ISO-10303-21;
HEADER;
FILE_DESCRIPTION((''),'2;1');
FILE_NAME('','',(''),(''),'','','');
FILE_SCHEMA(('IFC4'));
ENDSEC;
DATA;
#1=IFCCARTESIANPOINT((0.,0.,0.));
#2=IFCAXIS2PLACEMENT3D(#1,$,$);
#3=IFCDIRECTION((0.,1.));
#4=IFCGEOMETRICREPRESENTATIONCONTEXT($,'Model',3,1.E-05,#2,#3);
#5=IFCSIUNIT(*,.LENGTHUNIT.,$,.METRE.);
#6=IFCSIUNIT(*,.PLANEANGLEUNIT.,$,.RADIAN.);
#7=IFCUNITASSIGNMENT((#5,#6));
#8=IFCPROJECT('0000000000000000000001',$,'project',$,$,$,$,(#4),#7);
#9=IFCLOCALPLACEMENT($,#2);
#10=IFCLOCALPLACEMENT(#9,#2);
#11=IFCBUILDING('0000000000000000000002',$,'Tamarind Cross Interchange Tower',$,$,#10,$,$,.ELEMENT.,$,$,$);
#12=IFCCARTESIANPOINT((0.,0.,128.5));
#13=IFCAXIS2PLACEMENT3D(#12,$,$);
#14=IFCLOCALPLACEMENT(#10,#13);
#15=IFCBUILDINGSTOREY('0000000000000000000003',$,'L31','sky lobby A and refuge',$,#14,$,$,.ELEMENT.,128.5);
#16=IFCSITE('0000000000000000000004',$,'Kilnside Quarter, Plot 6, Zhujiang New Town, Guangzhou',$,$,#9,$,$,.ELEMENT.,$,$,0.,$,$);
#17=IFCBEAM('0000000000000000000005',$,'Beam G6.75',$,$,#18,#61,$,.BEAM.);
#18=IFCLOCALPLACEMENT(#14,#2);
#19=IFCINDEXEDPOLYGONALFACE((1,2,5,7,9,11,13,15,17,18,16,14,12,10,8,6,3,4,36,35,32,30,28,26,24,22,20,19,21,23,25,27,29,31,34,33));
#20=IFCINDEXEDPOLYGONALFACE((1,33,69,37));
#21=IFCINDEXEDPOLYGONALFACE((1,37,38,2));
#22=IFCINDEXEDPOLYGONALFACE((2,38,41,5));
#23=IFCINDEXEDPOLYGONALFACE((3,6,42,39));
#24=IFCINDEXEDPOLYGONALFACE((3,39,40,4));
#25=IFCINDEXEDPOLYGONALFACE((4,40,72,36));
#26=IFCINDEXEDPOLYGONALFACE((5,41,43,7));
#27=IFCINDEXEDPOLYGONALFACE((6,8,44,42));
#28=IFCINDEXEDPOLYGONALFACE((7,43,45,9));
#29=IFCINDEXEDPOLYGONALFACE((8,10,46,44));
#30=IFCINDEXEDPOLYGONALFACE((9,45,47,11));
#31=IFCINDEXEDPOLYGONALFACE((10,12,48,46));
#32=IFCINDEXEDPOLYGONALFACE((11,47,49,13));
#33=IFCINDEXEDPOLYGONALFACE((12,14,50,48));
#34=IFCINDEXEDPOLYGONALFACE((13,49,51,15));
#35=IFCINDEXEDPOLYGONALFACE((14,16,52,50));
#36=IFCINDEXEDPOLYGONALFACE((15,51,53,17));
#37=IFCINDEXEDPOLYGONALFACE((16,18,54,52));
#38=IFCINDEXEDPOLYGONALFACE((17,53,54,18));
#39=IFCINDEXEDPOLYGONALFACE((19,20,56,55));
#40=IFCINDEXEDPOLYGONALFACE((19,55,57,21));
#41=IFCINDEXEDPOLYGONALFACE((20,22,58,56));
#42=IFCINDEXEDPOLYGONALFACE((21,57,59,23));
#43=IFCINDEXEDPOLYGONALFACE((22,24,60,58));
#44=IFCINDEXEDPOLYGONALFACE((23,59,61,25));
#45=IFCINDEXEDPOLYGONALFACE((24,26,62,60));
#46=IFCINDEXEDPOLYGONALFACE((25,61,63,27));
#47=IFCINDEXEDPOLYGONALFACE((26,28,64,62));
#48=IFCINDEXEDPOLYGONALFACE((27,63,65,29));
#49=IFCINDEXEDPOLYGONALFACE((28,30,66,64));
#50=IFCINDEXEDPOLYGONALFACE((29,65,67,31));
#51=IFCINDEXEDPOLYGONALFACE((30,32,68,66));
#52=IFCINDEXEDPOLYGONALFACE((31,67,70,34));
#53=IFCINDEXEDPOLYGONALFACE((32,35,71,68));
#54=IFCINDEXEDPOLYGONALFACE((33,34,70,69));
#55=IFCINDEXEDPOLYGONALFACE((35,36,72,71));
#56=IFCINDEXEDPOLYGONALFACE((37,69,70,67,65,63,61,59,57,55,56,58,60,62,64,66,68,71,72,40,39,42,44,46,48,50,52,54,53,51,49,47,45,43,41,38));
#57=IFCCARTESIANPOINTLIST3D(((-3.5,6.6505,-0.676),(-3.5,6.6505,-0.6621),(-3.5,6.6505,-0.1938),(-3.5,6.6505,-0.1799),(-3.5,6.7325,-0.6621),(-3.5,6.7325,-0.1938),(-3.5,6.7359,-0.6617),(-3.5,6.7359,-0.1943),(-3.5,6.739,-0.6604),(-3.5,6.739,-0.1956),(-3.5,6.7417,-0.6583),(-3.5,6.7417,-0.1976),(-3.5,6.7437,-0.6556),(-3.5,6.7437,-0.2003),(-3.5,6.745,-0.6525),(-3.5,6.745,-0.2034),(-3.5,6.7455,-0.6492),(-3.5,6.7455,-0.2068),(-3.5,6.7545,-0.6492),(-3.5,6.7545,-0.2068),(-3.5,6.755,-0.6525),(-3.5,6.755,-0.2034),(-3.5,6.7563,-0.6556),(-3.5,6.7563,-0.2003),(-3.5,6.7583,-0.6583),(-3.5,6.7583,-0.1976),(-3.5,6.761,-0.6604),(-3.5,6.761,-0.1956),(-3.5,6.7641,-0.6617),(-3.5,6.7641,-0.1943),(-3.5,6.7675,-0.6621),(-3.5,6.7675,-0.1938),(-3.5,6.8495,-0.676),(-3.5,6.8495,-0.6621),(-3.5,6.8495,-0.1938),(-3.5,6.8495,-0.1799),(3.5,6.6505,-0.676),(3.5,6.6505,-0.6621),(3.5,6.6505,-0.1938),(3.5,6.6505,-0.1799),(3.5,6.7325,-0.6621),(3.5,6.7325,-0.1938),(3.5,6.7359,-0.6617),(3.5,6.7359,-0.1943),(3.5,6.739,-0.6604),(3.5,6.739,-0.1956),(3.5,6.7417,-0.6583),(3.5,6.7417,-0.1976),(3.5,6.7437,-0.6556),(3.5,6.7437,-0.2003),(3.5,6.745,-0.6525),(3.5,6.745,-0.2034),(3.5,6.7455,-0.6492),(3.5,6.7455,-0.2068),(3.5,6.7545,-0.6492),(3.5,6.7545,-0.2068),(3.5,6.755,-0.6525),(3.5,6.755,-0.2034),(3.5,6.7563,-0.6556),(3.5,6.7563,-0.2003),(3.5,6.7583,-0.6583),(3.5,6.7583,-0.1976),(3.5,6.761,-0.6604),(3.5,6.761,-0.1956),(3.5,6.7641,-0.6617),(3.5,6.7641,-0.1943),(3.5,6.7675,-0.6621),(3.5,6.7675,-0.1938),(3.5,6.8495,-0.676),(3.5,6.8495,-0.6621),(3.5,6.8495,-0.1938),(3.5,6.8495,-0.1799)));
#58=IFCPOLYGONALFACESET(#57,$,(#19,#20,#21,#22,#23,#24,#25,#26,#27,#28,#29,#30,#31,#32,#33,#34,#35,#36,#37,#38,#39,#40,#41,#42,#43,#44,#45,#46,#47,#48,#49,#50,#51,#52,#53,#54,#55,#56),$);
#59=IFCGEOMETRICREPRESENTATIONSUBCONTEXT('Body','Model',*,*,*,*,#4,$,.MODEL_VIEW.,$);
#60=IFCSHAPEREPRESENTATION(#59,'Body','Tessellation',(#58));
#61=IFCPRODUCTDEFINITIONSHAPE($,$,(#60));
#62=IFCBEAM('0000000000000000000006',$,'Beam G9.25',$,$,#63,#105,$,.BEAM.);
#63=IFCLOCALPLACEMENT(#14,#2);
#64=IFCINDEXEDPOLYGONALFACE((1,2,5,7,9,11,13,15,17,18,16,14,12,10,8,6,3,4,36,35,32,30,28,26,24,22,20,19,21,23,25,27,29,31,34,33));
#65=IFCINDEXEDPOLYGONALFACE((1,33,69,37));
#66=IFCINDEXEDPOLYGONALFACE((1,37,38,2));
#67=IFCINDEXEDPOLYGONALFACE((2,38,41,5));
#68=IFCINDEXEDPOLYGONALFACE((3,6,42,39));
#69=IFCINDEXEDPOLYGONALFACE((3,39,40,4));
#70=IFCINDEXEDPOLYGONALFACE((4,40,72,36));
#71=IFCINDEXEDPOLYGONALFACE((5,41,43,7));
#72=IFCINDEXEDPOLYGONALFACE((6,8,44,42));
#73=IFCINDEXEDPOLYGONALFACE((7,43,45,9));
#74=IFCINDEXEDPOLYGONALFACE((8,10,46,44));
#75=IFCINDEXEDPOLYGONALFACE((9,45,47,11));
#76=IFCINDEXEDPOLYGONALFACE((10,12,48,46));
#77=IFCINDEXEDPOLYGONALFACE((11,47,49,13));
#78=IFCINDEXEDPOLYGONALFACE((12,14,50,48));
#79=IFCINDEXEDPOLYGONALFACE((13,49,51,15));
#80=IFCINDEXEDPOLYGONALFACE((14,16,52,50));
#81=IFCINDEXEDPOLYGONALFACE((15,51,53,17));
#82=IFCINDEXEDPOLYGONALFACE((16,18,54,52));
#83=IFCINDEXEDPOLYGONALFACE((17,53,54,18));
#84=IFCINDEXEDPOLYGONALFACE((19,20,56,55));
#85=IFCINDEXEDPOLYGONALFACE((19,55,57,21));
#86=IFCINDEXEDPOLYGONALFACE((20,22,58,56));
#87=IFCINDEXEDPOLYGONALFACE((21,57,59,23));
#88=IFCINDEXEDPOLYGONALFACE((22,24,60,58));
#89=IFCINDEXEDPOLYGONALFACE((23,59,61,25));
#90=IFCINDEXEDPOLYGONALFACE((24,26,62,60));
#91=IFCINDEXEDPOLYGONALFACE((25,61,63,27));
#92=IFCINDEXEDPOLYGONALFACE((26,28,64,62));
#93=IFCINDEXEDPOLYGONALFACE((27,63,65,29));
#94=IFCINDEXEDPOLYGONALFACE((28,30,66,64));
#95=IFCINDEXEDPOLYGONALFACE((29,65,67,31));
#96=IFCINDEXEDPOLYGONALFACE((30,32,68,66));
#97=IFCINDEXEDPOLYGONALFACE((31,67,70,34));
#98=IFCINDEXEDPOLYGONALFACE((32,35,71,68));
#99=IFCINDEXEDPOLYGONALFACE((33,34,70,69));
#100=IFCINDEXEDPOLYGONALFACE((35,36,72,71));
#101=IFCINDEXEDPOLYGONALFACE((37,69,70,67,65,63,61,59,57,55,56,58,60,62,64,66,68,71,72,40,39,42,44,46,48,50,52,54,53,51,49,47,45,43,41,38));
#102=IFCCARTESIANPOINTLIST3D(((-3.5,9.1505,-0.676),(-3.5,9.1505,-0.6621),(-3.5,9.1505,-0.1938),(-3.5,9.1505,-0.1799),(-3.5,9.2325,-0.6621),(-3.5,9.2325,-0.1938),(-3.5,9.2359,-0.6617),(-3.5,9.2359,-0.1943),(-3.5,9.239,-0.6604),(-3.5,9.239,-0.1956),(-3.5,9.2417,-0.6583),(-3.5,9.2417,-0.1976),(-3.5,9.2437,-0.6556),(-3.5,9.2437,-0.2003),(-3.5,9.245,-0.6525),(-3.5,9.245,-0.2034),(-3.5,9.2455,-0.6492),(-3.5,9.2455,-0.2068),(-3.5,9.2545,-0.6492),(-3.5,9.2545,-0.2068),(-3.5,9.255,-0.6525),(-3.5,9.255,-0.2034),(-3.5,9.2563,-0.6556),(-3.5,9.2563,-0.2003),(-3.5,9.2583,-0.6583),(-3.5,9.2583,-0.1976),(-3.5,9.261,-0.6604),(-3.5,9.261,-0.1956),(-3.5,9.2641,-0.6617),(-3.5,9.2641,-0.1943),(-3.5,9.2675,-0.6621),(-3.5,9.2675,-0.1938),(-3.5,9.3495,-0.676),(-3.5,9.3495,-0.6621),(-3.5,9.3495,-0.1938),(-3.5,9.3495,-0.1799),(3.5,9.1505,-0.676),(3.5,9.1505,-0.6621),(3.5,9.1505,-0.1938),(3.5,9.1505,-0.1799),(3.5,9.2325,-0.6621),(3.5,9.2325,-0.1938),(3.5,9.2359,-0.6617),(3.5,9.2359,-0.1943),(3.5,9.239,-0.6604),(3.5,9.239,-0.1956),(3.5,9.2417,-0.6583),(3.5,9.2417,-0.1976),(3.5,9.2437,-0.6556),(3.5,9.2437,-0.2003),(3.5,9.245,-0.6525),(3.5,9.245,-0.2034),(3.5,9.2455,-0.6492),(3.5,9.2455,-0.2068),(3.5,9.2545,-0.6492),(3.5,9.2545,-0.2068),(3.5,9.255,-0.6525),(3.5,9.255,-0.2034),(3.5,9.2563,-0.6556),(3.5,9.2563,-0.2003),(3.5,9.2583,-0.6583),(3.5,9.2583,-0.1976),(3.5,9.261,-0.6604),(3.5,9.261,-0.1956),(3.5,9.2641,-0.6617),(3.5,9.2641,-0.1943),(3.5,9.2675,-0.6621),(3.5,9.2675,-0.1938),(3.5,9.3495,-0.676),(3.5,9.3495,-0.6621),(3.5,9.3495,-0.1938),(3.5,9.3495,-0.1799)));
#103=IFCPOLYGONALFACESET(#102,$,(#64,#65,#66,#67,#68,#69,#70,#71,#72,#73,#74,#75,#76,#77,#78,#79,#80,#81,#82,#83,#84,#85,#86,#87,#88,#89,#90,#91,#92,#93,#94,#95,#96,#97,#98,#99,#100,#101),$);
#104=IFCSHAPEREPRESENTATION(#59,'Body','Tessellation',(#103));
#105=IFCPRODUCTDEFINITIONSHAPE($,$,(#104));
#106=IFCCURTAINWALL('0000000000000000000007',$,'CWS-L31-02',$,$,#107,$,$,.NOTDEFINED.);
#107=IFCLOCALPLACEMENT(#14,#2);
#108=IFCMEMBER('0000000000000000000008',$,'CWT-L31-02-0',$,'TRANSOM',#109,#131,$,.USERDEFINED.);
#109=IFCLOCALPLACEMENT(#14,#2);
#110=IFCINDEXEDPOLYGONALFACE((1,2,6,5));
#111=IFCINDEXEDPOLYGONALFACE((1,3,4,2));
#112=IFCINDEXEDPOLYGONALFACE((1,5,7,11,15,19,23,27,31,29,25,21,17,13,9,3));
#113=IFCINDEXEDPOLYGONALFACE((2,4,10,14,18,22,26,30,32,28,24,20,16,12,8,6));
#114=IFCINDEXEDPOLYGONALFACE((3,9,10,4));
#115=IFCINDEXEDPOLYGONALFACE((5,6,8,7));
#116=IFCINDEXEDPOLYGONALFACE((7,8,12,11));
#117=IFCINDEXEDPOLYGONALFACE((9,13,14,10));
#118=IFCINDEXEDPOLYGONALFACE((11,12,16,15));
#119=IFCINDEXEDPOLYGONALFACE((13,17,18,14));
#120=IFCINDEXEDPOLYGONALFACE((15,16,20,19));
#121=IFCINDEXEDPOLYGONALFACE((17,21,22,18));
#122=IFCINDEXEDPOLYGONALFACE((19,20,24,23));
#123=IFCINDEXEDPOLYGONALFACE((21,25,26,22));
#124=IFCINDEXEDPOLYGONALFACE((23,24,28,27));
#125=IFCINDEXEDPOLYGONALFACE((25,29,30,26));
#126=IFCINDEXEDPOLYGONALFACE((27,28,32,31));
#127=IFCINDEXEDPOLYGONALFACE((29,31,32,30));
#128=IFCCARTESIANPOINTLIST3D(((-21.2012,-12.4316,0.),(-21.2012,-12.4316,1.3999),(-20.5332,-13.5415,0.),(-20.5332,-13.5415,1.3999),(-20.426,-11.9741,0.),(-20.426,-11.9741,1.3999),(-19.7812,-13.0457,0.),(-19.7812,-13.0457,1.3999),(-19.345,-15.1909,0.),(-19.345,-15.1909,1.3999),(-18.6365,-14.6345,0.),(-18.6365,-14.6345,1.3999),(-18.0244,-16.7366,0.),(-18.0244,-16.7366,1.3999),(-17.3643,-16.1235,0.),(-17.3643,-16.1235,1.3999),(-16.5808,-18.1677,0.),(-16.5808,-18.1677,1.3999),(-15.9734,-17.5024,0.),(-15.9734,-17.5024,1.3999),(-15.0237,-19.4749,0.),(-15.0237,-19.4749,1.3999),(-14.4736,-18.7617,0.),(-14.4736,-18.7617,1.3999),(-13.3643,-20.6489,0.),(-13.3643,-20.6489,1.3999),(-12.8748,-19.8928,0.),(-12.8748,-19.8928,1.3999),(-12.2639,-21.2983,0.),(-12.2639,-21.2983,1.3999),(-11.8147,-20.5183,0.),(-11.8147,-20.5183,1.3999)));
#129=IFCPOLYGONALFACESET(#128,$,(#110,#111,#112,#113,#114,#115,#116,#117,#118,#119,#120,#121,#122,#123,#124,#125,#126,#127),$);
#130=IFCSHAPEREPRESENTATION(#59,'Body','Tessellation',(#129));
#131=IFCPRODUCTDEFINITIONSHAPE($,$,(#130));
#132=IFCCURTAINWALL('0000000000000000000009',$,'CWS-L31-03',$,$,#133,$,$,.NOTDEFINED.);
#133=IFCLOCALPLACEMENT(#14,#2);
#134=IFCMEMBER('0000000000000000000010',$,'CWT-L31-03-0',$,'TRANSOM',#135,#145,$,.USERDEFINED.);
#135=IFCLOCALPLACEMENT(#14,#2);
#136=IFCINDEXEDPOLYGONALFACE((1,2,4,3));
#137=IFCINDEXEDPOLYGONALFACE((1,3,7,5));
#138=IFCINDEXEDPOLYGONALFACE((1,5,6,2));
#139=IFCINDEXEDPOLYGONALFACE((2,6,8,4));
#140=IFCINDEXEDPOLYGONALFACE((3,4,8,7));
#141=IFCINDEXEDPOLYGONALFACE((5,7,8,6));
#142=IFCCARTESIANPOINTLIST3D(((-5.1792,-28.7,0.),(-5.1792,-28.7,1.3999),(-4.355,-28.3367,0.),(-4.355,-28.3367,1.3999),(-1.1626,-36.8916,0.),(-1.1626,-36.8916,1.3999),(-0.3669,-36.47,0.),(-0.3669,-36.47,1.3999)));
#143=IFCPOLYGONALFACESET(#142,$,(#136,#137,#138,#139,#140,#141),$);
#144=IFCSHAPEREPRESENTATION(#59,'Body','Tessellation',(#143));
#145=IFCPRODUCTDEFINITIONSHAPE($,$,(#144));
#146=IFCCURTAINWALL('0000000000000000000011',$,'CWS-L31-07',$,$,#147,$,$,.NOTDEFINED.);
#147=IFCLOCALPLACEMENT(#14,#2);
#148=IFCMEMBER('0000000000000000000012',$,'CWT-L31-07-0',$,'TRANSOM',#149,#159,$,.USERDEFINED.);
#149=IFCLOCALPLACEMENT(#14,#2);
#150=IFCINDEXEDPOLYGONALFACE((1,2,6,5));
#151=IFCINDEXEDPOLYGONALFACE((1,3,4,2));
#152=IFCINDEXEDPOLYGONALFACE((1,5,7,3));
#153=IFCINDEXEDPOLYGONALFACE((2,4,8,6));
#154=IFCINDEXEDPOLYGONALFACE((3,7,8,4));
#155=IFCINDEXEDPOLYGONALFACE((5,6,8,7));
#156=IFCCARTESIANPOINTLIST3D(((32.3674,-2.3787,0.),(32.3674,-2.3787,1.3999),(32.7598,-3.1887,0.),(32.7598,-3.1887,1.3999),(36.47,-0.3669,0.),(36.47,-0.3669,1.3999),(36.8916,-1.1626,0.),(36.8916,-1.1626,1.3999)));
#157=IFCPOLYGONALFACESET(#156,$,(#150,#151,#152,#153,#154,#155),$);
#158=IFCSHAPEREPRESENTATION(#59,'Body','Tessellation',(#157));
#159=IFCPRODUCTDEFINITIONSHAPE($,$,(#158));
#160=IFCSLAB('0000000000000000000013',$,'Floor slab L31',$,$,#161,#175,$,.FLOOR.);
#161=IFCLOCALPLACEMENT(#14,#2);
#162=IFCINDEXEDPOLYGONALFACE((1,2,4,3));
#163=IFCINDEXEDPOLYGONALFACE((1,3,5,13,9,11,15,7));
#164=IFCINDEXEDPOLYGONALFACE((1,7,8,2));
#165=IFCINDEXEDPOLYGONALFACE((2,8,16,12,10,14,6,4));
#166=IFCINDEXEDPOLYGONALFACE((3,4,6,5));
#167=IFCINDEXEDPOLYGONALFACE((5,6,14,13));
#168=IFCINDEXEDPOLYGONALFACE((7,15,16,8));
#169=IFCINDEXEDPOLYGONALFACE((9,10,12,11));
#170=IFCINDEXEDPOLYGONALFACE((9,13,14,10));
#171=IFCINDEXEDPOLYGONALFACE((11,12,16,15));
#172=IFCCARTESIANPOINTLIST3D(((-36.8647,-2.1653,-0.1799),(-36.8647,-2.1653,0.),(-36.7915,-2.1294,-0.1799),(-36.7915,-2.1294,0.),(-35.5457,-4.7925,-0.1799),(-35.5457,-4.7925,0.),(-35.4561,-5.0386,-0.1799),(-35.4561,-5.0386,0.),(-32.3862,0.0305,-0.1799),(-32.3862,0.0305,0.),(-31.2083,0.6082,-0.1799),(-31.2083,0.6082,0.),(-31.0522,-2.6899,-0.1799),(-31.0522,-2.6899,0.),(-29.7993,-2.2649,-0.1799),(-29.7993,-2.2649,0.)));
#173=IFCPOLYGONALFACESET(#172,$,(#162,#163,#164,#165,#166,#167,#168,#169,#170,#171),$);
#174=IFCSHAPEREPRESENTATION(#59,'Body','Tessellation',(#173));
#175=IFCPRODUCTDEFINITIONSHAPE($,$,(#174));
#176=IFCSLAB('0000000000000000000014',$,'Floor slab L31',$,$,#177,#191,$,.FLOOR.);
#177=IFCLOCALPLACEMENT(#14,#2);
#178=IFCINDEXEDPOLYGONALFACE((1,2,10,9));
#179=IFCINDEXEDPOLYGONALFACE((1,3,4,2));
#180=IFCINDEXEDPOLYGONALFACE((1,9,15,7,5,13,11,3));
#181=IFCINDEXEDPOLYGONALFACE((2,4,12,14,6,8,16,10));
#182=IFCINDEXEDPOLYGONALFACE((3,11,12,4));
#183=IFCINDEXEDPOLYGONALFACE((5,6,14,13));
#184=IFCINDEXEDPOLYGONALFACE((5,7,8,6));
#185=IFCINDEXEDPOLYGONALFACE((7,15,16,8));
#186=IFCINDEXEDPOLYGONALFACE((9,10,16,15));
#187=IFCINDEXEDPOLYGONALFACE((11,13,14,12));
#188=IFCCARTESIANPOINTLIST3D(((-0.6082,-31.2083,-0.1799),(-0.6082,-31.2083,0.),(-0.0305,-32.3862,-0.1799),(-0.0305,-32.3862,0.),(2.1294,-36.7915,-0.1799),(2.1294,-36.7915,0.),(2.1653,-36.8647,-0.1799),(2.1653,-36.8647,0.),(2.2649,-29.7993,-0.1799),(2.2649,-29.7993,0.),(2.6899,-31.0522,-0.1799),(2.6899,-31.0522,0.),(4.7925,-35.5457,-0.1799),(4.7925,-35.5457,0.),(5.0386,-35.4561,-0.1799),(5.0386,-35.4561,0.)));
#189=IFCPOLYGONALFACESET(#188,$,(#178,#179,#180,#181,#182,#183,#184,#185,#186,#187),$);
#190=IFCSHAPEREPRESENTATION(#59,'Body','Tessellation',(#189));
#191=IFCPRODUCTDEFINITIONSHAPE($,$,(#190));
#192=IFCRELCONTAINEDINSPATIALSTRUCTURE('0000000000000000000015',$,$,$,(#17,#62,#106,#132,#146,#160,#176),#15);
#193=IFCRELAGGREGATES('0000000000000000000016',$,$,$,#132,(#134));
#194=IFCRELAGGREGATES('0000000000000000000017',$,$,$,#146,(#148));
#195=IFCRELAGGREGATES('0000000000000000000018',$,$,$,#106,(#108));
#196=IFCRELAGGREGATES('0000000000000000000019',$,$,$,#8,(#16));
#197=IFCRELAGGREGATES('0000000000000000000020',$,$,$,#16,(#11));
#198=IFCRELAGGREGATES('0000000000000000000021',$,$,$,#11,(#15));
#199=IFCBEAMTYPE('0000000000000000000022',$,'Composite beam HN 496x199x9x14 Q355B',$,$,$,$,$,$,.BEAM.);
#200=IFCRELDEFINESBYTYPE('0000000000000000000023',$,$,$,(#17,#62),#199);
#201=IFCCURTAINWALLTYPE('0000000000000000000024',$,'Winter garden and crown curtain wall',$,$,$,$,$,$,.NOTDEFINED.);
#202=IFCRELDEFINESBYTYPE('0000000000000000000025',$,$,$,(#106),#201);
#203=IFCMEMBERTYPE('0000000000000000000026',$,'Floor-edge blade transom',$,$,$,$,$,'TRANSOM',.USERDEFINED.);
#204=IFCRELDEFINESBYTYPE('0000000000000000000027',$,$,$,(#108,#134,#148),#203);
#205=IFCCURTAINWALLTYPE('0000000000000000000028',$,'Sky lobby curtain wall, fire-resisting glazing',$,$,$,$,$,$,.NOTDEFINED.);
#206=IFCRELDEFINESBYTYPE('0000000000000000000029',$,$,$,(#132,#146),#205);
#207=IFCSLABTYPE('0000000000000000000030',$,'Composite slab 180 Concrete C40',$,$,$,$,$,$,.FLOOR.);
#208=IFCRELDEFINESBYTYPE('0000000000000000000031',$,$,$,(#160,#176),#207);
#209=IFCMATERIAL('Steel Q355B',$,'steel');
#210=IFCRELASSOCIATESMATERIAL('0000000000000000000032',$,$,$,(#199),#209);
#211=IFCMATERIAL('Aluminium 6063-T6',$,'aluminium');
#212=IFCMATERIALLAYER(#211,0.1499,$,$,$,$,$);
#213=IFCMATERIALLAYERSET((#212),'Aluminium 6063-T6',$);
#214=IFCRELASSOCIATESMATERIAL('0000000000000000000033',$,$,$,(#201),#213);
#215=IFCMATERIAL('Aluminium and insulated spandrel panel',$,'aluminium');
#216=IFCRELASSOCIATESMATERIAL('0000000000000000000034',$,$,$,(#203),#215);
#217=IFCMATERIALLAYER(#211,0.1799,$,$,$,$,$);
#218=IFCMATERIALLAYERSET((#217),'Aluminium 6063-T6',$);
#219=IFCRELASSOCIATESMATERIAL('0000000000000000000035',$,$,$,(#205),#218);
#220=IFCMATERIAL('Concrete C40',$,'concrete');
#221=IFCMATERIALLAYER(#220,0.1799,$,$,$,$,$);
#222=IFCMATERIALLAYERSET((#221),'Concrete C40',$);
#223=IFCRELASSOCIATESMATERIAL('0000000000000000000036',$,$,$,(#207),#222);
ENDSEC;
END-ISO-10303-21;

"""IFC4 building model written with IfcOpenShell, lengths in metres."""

from ifc_helpers import new_model, si_unit, direction, frame, origin, origin_2d, place, context, subcontext, project, spatial, polyline, i_section, outline, extrude, material, layer, layer_set, material_profile, profile_set, type_object, element, aggregate, save


model = new_model("IFC4")

# Units and contexts
model_context = context("Model", 3, precision=1e-05, world=origin(), true_north=direction((0.0, 1.0)))
body_context = subcontext(model_context, "Body", "Model", "MODEL_VIEW")
ifc_project = project(units=[si_unit("LENGTHUNIT", "METRE"), si_unit("PLANEANGLEUNIT", "RADIAN")], contexts=[model_context])

# Site, building, storey
site_placement = place(None, origin())
site = spatial("IfcSite", under=ifc_project, at=site_placement, Name="Kilnside Quarter, Plot 6, Zhujiang New Town, Guangzhou", CompositionType="ELEMENT", RefElevation=0.0)
building_placement = place(site_placement, origin())
building = spatial("IfcBuilding", under=site, at=building_placement, Name="Tamarind Cross Interchange Tower", CompositionType="ELEMENT")
storey_placement = place(building_placement, frame((0.0, 0.0, 128.5)))
storey = spatial("IfcBuildingStorey", under=building, at=storey_placement, Name="L31", Description="sky lobby A and refuge", CompositionType="ELEMENT", Elevation=128.5)

# Beams
ifc_material_1 = material(Name="Steel Q355B", Category="steel")
ifc_material_profile = material_profile(ifc_material_1, i_section(OverallWidth=0.199, OverallDepth=0.4961, WebThickness=0.009, FlangeThickness=0.0139, FilletRadius=0.0129, at=origin_2d()), Name="HN 496x199x9x14")
ifc_profile_set = profile_set([ifc_material_profile], Name="Steel Q355B")
beam_type = type_object("IfcBeamType", Name="Composite beam HN 496x199x9x14 Q355B", PredefinedType="BEAM", material=ifc_profile_set)
for number, where, z_axis, x_axis, name in (
    (1, (-3.5, 6.75, -0.428), (1.0, 0.0, 0.0), (0.0, 1.0, 0.0), "Beam G6.75"),
    (2, (-3.5, 9.25, -0.428), (1.0, 0.0, 0.0), (0.0, 1.0, 0.0), "Beam G9.25"),
):
    element("IfcBeam", number, at=place(storey_placement, frame(where, z_axis=z_axis, x_axis=x_axis)), inside=storey, type_object=beam_type, Name=name, PredefinedType="BEAM", context=body_context, shape_type="SweptSolid", body=[
        extrude(i_section(OverallWidth=0.199, OverallDepth=0.4961, WebThickness=0.009, FlangeThickness=0.0139, FilletRadius=0.0129, at=origin_2d()), origin(), (0.0, 0.0, 1.0), 7.0),
    ])

# Curtain walls, members
ifc_material_2 = material(Name="Aluminium 6063-T6", Category="aluminium")
ifc_layer_1 = layer(ifc_material_2, 0.1499)
ifc_layer_set_1 = layer_set([ifc_layer_1], Name="Aluminium 6063-T6")
curtain_wall_type_1 = type_object("IfcCurtainWallType", Name="Winter garden and crown curtain wall", PredefinedType="NOTDEFINED", material=ifc_layer_set_1)
curtain_wall_1_placement = place(storey_placement, origin())
curtain_wall_1 = element("IfcCurtainWall", 3, at=curtain_wall_1_placement, inside=storey, type_object=curtain_wall_type_1, Name="CWS-L31-02", PredefinedType="NOTDEFINED")
ifc_material_3 = material(Name="Aluminium and insulated spandrel panel", Category="aluminium")
member_type = type_object("IfcMemberType", Name="Floor-edge blade transom", ElementType="TRANSOM", PredefinedType="USERDEFINED", material=ifc_material_3)
member_1_placement = place(storey_placement, origin())
member_1 = element("IfcMember", 4, at=member_1_placement, type_object=member_type, Name="CWT-L31-02-0", ObjectType="TRANSOM", PredefinedType="USERDEFINED", context=body_context, shape_type="SweptSolid", body=[
    extrude(outline(polyline([(-20.426, -11.9741), (-19.7812, -13.0457), (-18.6365, -14.6345), (-17.3643, -16.1235), (-15.9734, -17.5024), (-14.4736, -18.7617), (-12.8748, -19.8928), (-11.8147, -20.5183), (-12.2639, -21.2983), (-13.3643, -20.6489), (-15.0237, -19.4749), (-16.5808, -18.1677), (-18.0244, -16.7366), (-19.345, -15.1909), (-20.5332, -13.5415), (-21.2012, -12.4316), (-20.426, -11.9741)])), origin(), (0.0, 0.0, 1.0), 1.3999),
])
ifc_layer_2 = layer(ifc_material_2, 0.1799)
ifc_layer_set_2 = layer_set([ifc_layer_2], Name="Aluminium 6063-T6")
curtain_wall_type_2 = type_object("IfcCurtainWallType", Name="Sky lobby curtain wall, fire-resisting glazing", PredefinedType="NOTDEFINED", material=ifc_layer_set_2)
curtain_wall_2_placement = place(storey_placement, origin())
curtain_wall_2 = element("IfcCurtainWall", 5, at=curtain_wall_2_placement, inside=storey, type_object=curtain_wall_type_2, Name="CWS-L31-03", PredefinedType="NOTDEFINED")
member_2_placement = place(storey_placement, origin())
member_2 = element("IfcMember", 6, at=member_2_placement, type_object=member_type, Name="CWT-L31-03-0", ObjectType="TRANSOM", PredefinedType="USERDEFINED", context=body_context, shape_type="SweptSolid", body=[
    extrude(outline(polyline([(-4.355, -28.3367), (-0.3669, -36.47), (-1.1626, -36.8916), (-5.1792, -28.7), (-4.355, -28.3367)])), origin(), (0.0, 0.0, 1.0), 1.3999),
])
curtain_wall_3_placement = place(storey_placement, origin())
curtain_wall_3 = element("IfcCurtainWall", 7, at=curtain_wall_3_placement, inside=storey, type_object=curtain_wall_type_2, Name="CWS-L31-07", PredefinedType="NOTDEFINED")
member_3_placement = place(storey_placement, origin())
member_3 = element("IfcMember", 8, at=member_3_placement, type_object=member_type, Name="CWT-L31-07-0", ObjectType="TRANSOM", PredefinedType="USERDEFINED", context=body_context, shape_type="SweptSolid", body=[
    extrude(outline(polyline([(32.3674, -2.3787), (36.47, -0.3669), (36.8916, -1.1626), (32.7598, -3.1887), (32.3674, -2.3787)])), origin(), (0.0, 0.0, 1.0), 1.3999),
])

# Slabs
ifc_material_4 = material(Name="Concrete C40", Category="concrete")
ifc_layer_3 = layer(ifc_material_4, 0.1799)
ifc_layer_set_3 = layer_set([ifc_layer_3], Name="Concrete C40")
slab_type = type_object("IfcSlabType", Name="Composite slab 180 Concrete C40", PredefinedType="FLOOR", material=ifc_layer_set_3)
slab_1_placement = place(storey_placement, frame((0.0, 0.0, -0.1799)))
element("IfcSlab", 9, at=slab_1_placement, inside=storey, type_object=slab_type, Name="Floor slab L31", PredefinedType="FLOOR", context=body_context, shape_type="SweptSolid", body=[
    extrude(outline(polyline([(-36.8647, -2.1653), (-35.4561, -5.0386), (-29.7993, -2.2649), (-31.2083, 0.6082), (-32.3862, 0.0305), (-31.0522, -2.6899), (-35.5457, -4.7925), (-36.7915, -2.1294), (-36.8647, -2.1653)])), origin(), (0.0, 0.0, 1.0), 0.1799),
])
slab_2_placement = place(storey_placement, frame((0.0, 0.0, -0.1799)))
element("IfcSlab", 10, at=slab_2_placement, inside=storey, type_object=slab_type, Name="Floor slab L31", PredefinedType="FLOOR", context=body_context, shape_type="SweptSolid", body=[
    extrude(outline(polyline([(2.1653, -36.8647), (5.0386, -35.4561), (2.2649, -29.7993), (-0.6082, -31.2083), (-0.0305, -32.3862), (2.6899, -31.0522), (4.7925, -35.5457), (2.1294, -36.7915), (2.1653, -36.8647)])), origin(), (0.0, 0.0, 1.0), 0.1799),
])

aggregate(curtain_wall_2, [member_2])
aggregate(curtain_wall_3, [member_3])
aggregate(curtain_wall_1, [member_1])

save(model, "model.ifc")
